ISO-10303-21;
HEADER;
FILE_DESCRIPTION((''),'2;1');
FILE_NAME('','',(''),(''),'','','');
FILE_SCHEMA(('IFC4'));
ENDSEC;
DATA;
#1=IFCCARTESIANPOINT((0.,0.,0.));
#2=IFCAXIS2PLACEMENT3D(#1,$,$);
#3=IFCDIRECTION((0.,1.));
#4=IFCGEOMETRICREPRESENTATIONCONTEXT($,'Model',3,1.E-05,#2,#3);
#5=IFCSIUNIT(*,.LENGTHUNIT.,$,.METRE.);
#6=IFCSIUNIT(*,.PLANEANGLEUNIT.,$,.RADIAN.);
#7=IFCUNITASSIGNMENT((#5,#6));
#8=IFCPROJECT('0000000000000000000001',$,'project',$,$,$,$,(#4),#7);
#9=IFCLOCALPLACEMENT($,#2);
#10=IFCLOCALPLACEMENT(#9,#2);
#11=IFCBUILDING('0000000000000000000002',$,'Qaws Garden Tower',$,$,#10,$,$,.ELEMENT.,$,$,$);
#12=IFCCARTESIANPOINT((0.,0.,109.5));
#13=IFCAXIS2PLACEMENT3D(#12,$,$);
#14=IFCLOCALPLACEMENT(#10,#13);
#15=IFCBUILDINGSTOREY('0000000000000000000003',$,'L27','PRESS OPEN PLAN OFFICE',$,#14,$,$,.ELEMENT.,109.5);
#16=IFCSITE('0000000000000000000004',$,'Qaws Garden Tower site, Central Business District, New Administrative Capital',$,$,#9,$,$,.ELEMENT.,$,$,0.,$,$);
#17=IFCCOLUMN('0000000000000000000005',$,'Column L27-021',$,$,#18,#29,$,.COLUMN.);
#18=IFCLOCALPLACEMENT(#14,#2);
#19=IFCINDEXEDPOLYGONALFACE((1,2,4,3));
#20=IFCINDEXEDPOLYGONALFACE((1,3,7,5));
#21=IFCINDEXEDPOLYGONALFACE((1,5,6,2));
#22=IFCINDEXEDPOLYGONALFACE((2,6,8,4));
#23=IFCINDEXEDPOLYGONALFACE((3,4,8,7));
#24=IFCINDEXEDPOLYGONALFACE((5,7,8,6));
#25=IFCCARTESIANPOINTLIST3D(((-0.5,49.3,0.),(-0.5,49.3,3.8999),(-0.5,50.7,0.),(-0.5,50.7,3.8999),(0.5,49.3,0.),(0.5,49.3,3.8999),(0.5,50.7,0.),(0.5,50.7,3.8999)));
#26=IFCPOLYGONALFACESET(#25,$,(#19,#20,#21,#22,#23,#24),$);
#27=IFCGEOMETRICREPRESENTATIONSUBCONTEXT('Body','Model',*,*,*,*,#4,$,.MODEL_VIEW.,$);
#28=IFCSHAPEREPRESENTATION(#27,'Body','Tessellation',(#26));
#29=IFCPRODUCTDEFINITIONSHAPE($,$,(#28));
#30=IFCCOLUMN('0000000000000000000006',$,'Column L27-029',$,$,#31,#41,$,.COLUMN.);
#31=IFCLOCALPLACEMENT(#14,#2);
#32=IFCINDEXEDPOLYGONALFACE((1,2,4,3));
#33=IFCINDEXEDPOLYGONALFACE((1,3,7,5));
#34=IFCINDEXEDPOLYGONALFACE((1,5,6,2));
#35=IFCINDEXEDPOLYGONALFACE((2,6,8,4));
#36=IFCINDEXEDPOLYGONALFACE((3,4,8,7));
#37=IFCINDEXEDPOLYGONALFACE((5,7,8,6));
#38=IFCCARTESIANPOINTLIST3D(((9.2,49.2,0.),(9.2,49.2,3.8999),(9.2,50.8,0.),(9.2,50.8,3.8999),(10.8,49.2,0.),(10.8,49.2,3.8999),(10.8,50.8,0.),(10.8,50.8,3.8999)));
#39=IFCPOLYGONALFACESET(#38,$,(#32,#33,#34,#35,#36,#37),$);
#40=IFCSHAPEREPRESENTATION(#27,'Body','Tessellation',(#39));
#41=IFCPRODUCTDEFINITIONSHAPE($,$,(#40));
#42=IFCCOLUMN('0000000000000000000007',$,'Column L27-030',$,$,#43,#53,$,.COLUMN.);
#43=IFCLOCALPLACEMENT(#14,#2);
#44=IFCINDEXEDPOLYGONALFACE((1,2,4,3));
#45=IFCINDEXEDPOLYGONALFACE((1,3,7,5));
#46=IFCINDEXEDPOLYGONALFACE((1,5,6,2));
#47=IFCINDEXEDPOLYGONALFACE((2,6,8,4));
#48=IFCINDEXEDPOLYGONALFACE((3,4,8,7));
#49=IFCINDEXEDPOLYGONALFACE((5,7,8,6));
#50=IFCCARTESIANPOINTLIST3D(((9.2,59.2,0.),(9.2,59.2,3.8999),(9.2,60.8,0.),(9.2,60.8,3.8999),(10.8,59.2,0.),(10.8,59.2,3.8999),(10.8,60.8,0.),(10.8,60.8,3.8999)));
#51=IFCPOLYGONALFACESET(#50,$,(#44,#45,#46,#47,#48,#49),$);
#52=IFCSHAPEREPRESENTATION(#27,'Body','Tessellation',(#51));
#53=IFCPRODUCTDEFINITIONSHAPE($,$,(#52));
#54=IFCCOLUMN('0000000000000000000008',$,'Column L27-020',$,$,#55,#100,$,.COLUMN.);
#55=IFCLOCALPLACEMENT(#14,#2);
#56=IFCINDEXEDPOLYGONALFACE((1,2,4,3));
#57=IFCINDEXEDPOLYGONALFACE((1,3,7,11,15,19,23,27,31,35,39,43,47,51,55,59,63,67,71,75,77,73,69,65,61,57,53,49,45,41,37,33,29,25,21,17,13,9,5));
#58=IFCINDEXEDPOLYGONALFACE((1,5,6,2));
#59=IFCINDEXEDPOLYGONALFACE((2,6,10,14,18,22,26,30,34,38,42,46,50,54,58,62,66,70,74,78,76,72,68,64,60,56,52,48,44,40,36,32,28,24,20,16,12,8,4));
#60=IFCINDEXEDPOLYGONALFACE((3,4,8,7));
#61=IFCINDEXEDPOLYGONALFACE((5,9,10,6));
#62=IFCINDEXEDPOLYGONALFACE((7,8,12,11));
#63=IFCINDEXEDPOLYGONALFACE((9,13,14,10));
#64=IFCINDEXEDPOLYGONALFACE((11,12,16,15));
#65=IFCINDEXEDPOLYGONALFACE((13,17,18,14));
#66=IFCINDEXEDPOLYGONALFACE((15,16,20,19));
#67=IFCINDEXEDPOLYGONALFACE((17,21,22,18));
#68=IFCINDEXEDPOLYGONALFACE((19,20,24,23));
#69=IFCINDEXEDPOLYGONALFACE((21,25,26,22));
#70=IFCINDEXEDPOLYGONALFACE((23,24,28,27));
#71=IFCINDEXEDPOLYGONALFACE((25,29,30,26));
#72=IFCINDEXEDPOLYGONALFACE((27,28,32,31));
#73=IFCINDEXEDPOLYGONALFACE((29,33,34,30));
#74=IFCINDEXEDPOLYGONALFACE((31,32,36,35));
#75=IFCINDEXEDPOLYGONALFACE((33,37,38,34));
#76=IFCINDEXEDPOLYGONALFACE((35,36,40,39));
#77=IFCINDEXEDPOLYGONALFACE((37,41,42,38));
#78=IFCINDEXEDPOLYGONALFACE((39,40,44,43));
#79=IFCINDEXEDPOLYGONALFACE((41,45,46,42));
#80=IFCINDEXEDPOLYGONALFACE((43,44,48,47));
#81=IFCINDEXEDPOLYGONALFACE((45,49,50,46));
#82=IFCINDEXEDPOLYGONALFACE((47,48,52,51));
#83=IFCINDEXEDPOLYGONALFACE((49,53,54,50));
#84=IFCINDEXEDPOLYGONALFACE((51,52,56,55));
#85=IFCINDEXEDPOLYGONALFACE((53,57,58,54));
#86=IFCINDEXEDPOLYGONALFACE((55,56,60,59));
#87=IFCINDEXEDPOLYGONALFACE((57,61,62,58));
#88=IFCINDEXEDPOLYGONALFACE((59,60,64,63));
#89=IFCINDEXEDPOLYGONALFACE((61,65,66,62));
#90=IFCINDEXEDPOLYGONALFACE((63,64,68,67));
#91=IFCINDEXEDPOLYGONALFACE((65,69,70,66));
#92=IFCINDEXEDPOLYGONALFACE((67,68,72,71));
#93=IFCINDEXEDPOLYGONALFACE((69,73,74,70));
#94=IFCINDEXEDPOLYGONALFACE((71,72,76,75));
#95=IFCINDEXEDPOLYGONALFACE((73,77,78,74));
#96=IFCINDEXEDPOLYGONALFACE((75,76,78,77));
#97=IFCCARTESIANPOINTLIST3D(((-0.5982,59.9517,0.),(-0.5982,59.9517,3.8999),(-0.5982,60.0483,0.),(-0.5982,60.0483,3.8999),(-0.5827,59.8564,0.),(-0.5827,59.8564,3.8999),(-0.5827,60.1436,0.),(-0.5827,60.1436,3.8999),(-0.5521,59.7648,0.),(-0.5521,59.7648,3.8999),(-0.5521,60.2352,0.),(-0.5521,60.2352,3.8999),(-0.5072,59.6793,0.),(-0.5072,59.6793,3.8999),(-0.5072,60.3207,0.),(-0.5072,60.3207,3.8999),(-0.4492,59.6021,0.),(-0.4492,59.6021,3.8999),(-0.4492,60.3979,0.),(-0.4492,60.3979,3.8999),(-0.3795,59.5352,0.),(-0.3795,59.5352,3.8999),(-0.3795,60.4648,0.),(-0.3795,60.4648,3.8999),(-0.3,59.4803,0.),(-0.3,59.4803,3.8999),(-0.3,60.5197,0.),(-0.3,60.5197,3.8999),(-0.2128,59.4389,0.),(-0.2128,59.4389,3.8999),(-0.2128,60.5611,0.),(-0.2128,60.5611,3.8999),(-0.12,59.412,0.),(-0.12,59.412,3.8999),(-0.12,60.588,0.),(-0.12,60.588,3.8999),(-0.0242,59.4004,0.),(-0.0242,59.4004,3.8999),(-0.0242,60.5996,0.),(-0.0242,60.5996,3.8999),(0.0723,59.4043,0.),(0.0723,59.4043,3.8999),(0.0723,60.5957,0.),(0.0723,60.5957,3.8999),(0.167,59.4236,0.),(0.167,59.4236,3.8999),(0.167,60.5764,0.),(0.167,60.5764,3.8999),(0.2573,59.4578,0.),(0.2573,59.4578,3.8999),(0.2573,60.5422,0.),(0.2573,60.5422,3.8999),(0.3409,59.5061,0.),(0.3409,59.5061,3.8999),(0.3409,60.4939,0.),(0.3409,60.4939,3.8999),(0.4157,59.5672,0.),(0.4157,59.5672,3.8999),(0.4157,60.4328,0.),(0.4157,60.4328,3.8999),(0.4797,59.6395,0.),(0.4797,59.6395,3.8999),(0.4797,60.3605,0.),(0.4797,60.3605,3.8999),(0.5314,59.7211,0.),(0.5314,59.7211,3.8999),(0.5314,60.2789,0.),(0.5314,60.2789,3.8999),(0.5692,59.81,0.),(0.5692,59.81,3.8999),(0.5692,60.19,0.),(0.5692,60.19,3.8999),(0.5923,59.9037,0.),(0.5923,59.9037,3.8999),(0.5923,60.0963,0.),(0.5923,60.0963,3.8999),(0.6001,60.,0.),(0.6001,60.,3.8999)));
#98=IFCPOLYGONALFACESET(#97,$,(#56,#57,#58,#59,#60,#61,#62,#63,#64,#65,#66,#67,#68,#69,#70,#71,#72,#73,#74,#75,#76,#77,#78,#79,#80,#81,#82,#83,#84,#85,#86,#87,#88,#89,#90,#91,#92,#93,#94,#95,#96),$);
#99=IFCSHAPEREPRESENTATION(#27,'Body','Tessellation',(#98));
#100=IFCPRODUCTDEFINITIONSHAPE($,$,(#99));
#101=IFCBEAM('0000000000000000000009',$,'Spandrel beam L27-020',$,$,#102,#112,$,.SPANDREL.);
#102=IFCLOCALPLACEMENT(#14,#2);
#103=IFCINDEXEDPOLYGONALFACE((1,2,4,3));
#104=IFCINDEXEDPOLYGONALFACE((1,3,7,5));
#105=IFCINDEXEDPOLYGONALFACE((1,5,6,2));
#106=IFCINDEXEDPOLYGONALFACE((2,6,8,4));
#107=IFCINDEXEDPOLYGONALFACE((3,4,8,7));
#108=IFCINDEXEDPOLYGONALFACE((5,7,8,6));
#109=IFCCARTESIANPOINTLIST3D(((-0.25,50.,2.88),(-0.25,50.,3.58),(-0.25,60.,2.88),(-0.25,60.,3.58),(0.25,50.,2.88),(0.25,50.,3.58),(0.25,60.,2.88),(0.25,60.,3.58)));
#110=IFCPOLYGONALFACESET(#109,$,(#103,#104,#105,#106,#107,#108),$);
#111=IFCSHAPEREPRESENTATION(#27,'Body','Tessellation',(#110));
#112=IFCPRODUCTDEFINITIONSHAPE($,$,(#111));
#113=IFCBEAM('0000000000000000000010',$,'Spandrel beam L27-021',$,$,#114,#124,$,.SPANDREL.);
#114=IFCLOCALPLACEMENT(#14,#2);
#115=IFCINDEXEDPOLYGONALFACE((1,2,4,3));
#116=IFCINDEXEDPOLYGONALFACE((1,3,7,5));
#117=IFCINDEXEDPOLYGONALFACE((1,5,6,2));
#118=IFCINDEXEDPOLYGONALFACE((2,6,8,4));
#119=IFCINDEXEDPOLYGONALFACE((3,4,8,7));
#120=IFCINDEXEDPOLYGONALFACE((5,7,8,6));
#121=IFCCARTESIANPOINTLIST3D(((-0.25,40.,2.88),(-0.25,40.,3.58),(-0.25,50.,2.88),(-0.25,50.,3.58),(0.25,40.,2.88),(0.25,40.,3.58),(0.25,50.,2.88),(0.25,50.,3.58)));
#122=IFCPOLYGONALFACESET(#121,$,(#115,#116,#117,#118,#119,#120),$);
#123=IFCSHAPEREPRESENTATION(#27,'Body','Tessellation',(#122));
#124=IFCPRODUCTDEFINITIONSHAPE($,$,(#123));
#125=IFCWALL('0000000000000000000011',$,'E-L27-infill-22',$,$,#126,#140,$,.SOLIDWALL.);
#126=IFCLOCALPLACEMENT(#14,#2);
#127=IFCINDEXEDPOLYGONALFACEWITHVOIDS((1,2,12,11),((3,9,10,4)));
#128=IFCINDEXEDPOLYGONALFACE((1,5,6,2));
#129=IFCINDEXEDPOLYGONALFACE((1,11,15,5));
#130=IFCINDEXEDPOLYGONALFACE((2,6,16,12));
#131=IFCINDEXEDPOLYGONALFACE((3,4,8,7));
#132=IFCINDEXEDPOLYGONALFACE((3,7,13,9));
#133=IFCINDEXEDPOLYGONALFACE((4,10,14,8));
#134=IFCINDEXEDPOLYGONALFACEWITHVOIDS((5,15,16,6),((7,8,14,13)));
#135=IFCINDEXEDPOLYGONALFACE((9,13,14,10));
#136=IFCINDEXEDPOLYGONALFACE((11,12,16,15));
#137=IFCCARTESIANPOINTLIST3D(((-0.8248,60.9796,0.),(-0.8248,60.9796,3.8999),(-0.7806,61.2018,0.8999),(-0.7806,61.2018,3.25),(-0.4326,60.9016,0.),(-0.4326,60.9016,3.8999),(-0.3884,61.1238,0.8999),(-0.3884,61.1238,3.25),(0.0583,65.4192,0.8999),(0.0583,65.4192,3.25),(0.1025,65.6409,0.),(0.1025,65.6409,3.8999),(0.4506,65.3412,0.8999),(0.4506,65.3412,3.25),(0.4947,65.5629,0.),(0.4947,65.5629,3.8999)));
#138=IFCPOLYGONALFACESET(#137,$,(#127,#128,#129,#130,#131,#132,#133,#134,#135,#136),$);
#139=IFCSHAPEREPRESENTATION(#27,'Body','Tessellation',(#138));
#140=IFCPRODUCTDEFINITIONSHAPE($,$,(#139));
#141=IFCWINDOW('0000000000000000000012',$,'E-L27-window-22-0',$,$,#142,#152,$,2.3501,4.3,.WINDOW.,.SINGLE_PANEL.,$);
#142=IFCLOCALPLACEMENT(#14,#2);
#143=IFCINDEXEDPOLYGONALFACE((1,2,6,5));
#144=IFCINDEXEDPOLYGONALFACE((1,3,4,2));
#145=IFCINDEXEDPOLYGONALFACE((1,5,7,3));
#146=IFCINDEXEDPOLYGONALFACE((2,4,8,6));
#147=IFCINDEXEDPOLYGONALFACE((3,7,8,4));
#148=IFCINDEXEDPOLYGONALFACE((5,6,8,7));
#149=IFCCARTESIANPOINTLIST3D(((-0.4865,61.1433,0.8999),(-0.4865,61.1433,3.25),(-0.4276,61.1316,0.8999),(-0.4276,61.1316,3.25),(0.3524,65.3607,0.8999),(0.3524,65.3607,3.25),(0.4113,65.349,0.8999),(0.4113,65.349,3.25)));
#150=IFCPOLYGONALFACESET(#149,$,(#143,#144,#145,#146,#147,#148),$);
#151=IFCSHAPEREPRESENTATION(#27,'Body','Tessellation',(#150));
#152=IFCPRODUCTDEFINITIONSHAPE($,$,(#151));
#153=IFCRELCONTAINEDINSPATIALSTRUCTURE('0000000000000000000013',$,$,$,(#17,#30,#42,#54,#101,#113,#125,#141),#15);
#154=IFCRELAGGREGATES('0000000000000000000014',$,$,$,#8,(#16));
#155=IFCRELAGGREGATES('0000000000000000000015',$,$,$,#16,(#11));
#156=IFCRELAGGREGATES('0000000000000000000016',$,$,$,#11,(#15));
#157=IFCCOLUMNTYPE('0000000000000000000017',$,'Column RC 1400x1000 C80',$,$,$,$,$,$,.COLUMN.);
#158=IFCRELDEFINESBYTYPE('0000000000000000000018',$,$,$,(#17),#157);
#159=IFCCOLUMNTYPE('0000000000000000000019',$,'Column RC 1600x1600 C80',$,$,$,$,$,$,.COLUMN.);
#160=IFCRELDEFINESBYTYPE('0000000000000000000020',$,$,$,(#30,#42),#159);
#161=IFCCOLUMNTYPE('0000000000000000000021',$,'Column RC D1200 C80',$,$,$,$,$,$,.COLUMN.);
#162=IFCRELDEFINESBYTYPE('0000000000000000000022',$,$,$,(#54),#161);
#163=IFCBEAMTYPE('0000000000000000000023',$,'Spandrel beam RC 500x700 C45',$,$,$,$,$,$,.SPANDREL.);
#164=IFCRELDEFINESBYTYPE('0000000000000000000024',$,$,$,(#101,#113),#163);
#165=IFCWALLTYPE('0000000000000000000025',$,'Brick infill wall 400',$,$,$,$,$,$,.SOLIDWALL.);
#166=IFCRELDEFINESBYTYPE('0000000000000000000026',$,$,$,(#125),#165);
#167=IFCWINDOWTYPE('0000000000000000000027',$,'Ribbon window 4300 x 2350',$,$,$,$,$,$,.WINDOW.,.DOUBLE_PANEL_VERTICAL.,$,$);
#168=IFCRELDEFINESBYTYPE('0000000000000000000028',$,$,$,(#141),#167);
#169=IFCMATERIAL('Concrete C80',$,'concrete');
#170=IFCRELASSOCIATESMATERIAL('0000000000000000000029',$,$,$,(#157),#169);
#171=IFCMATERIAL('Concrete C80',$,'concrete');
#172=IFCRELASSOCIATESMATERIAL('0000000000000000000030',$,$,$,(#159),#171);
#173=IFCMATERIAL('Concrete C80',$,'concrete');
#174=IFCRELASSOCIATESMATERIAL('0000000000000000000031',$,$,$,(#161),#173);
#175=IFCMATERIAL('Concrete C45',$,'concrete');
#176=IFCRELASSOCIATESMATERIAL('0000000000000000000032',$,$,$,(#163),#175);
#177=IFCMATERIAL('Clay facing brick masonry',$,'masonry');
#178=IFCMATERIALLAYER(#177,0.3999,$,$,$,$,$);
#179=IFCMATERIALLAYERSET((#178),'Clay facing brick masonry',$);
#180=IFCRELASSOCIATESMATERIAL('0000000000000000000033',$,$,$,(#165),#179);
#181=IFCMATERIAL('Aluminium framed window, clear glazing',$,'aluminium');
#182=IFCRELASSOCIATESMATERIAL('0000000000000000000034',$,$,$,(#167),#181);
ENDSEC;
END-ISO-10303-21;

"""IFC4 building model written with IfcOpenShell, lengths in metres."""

from ifc_helpers import new_model, si_unit, direction, frame, frame_2d, origin, origin_2d, place, context, subcontext, project, spatial, rectangle, circle, extrude, material, layer, layer_set, material_profile, profile_set, type_object, element, fill, save


model = new_model("IFC4")

# Units and contexts
model_context = context("Model", 3, precision=1e-05, world=origin(), true_north=direction((0.0, 1.0)))
body_context = subcontext(model_context, "Body", "Model", "MODEL_VIEW")
ifc_project = project(units=[si_unit("LENGTHUNIT", "METRE"), si_unit("PLANEANGLEUNIT", "RADIAN")], contexts=[model_context])

# Site, building, storey
site_placement = place(None, origin())
site = spatial("IfcSite", under=ifc_project, at=site_placement, Name="Qaws Garden Tower site, Central Business District, New Administrative Capital", CompositionType="ELEMENT", RefElevation=0.0)
building_placement = place(site_placement, origin())
building = spatial("IfcBuilding", under=site, at=building_placement, Name="Qaws Garden Tower", CompositionType="ELEMENT")
storey_placement = place(building_placement, frame((0.0, 0.0, 109.5)))
storey = spatial("IfcBuildingStorey", under=building, at=storey_placement, Name="L27", Description="PRESS OPEN PLAN OFFICE", CompositionType="ELEMENT", Elevation=109.5)

# Columns
ifc_material_1 = material(Name="Concrete C80", Category="concrete")
ifc_material_profile_1 = material_profile(ifc_material_1, rectangle(XDim=1.3999, YDim=1.0, at=origin_2d()), Name="RC 1400x1000")
ifc_profile_set_1 = profile_set([ifc_material_profile_1], Name="Concrete C80")
column_type_1 = type_object("IfcColumnType", Name="Column RC 1400x1000 C80", PredefinedType="COLUMN", material=ifc_profile_set_1)
column_1_placement = place(storey_placement, frame((0.0, 50.0, 0.0), z_axis=(0.0, 0.0, 1.0), x_axis=(0.0, 1.0, 0.0)))
element("IfcColumn", 1, at=column_1_placement, inside=storey, type_object=column_type_1, Name="Column L27-021", PredefinedType="COLUMN", context=body_context, shape_type="SweptSolid", body=[
    extrude(rectangle(XDim=1.3999, YDim=1.0, at=origin_2d()), origin(), (0.0, 0.0, 1.0), 3.8999),
])
ifc_material_2 = material(Name="Concrete C80", Category="concrete")
ifc_material_profile_2 = material_profile(ifc_material_2, rectangle(XDim=1.6001, YDim=1.6001, at=origin_2d()), Name="RC 1600x1600")
ifc_profile_set_2 = profile_set([ifc_material_profile_2], Name="Concrete C80")
column_type_2 = type_object("IfcColumnType", Name="Column RC 1600x1600 C80", PredefinedType="COLUMN", material=ifc_profile_set_2)
for number, where, z_axis, x_axis, name in (
    (2, (10.0, 50.0, 0.0), (0.0, 0.0, 1.0), (1.0, 0.0, 0.0), "Column L27-029"),
    (3, (10.0, 60.0, 0.0), (0.0, 0.0, 1.0), (1.0, 0.0, 0.0), "Column L27-030"),
):
    element("IfcColumn", number, at=place(storey_placement, frame(where, z_axis=z_axis, x_axis=x_axis)), inside=storey, type_object=column_type_2, Name=name, PredefinedType="COLUMN", context=body_context, shape_type="SweptSolid", body=[
        extrude(rectangle(XDim=1.6001, YDim=1.6001, at=origin_2d()), origin(), (0.0, 0.0, 1.0), 3.8999),
    ])
ifc_material_3 = material(Name="Concrete C80", Category="concrete")
ifc_material_profile_3 = material_profile(ifc_material_3, circle(Radius=0.6001, at=origin_2d()), Name="RC D1200")
ifc_profile_set_3 = profile_set([ifc_material_profile_3], Name="Concrete C80")
column_type_3 = type_object("IfcColumnType", Name="Column RC D1200 C80", PredefinedType="COLUMN", material=ifc_profile_set_3)
column_2_placement = place(storey_placement, frame((0.0, 60.0, 0.0), z_axis=(0.0, 0.0, 1.0), x_axis=(1.0, 0.0, 0.0)))
element("IfcColumn", 4, at=column_2_placement, inside=storey, type_object=column_type_3, Name="Column L27-020", PredefinedType="COLUMN", context=body_context, shape_type="SweptSolid", body=[
    extrude(circle(Radius=0.6001, at=origin_2d()), origin(), (0.0, 0.0, 1.0), 3.8999),
])

# Beams
ifc_material_4 = material(Name="Concrete C45", Category="concrete")
ifc_material_profile_4 = material_profile(ifc_material_4, rectangle(XDim=0.5, YDim=0.7, at=origin_2d()), Name="RC 500x700")
ifc_profile_set_4 = profile_set([ifc_material_profile_4], Name="Concrete C45")
beam_type = type_object("IfcBeamType", Name="Spandrel beam RC 500x700 C45", PredefinedType="SPANDREL", material=ifc_profile_set_4)
for number, where, z_axis, x_axis, name in (
    (5, (0.0, 60.0, 3.23), (0.0, -1.0, 0.0), (1.0, 0.0, 0.0), "Spandrel beam L27-020"),
    (6, (0.0, 50.0, 3.23), (0.0, -1.0, 0.0), (1.0, 0.0, 0.0), "Spandrel beam L27-021"),
):
    element("IfcBeam", number, at=place(storey_placement, frame(where, z_axis=z_axis, x_axis=x_axis)), inside=storey, type_object=beam_type, Name=name, PredefinedType="SPANDREL", context=body_context, shape_type="SweptSolid", body=[
        extrude(rectangle(XDim=0.5, YDim=0.7, at=origin_2d()), origin(), (0.0, 0.0, 1.0), 10.0),
    ])

# Wall, opening, window
ifc_material_5 = material(Name="Clay facing brick masonry", Category="masonry")
ifc_layer_1 = layer(ifc_material_5, 0.3999)
ifc_layer_set_1 = layer_set([ifc_layer_1], Name="Clay facing brick masonry")
wall_type_1 = type_object("IfcWallType", Name="Brick infill wall 400", PredefinedType="SOLIDWALL", material=ifc_layer_set_1)
wall_1_placement = place(storey_placement, frame((0.2986, 65.6021, 0.0), z_axis=(0.0, 0.0, 1.0), x_axis=(-0.195099, -0.980784, 0.0)))
wall_1 = element("IfcWall", 7, at=wall_1_placement, inside=storey, type_object=wall_type_1, Name="E-L27-infill-22", PredefinedType="SOLIDWALL", context=body_context, shape_type="SweptSolid", body=[
    extrude(rectangle(XDim=4.7527, YDim=0.3999, at=frame_2d((2.3765, 0.0))), origin(), (0.0, 0.0, 1.0), 3.8999),
])
opening_1_placement = place(wall_1_placement, frame((0.2263, 0.0, 0.8999)))
opening_1 = element("IfcOpeningElement", 8, at=opening_1_placement, cuts=wall_1, PredefinedType="OPENING", context=body_context, shape_type="SweptSolid", body=[
    extrude(rectangle(XDim=4.3, YDim=2.3501, at=frame_2d((2.1499, 1.175))), frame((0.0, 0.21, 0.0), z_axis=(0.0, -1.0, 0.0), x_axis=(1.0, 0.0, 0.0)), (0.0, 0.0, 1.0), 0.4199),
])
ifc_material_6 = material(Name="Aluminium framed window, clear glazing", Category="aluminium")
window_type_1 = type_object("IfcWindowType", Name="Ribbon window 4300 x 2350", PartitioningType="DOUBLE_PANEL_VERTICAL", PredefinedType="WINDOW", material=ifc_material_6)
window_1_placement = place(opening_1_placement, origin())
window_1 = element("IfcWindow", 9, at=window_1_placement, inside=storey, type_object=window_type_1, Name="E-L27-window-22-0", OverallHeight=2.3501, OverallWidth=4.3, PartitioningType="SINGLE_PANEL", PredefinedType="WINDOW", context=body_context, shape_type="SweptSolid", body=[
    extrude(rectangle(XDim=4.3, YDim=2.3501, at=frame_2d((2.1499, 1.175))), frame((0.0, 0.1599, 0.0), z_axis=(0.0, -1.0, 0.0), x_axis=(1.0, 0.0, 0.0)), (0.0, 0.0, 1.0), 0.0601),
])
fill(opening_1, window_1)

save(model, "model.ifc")
